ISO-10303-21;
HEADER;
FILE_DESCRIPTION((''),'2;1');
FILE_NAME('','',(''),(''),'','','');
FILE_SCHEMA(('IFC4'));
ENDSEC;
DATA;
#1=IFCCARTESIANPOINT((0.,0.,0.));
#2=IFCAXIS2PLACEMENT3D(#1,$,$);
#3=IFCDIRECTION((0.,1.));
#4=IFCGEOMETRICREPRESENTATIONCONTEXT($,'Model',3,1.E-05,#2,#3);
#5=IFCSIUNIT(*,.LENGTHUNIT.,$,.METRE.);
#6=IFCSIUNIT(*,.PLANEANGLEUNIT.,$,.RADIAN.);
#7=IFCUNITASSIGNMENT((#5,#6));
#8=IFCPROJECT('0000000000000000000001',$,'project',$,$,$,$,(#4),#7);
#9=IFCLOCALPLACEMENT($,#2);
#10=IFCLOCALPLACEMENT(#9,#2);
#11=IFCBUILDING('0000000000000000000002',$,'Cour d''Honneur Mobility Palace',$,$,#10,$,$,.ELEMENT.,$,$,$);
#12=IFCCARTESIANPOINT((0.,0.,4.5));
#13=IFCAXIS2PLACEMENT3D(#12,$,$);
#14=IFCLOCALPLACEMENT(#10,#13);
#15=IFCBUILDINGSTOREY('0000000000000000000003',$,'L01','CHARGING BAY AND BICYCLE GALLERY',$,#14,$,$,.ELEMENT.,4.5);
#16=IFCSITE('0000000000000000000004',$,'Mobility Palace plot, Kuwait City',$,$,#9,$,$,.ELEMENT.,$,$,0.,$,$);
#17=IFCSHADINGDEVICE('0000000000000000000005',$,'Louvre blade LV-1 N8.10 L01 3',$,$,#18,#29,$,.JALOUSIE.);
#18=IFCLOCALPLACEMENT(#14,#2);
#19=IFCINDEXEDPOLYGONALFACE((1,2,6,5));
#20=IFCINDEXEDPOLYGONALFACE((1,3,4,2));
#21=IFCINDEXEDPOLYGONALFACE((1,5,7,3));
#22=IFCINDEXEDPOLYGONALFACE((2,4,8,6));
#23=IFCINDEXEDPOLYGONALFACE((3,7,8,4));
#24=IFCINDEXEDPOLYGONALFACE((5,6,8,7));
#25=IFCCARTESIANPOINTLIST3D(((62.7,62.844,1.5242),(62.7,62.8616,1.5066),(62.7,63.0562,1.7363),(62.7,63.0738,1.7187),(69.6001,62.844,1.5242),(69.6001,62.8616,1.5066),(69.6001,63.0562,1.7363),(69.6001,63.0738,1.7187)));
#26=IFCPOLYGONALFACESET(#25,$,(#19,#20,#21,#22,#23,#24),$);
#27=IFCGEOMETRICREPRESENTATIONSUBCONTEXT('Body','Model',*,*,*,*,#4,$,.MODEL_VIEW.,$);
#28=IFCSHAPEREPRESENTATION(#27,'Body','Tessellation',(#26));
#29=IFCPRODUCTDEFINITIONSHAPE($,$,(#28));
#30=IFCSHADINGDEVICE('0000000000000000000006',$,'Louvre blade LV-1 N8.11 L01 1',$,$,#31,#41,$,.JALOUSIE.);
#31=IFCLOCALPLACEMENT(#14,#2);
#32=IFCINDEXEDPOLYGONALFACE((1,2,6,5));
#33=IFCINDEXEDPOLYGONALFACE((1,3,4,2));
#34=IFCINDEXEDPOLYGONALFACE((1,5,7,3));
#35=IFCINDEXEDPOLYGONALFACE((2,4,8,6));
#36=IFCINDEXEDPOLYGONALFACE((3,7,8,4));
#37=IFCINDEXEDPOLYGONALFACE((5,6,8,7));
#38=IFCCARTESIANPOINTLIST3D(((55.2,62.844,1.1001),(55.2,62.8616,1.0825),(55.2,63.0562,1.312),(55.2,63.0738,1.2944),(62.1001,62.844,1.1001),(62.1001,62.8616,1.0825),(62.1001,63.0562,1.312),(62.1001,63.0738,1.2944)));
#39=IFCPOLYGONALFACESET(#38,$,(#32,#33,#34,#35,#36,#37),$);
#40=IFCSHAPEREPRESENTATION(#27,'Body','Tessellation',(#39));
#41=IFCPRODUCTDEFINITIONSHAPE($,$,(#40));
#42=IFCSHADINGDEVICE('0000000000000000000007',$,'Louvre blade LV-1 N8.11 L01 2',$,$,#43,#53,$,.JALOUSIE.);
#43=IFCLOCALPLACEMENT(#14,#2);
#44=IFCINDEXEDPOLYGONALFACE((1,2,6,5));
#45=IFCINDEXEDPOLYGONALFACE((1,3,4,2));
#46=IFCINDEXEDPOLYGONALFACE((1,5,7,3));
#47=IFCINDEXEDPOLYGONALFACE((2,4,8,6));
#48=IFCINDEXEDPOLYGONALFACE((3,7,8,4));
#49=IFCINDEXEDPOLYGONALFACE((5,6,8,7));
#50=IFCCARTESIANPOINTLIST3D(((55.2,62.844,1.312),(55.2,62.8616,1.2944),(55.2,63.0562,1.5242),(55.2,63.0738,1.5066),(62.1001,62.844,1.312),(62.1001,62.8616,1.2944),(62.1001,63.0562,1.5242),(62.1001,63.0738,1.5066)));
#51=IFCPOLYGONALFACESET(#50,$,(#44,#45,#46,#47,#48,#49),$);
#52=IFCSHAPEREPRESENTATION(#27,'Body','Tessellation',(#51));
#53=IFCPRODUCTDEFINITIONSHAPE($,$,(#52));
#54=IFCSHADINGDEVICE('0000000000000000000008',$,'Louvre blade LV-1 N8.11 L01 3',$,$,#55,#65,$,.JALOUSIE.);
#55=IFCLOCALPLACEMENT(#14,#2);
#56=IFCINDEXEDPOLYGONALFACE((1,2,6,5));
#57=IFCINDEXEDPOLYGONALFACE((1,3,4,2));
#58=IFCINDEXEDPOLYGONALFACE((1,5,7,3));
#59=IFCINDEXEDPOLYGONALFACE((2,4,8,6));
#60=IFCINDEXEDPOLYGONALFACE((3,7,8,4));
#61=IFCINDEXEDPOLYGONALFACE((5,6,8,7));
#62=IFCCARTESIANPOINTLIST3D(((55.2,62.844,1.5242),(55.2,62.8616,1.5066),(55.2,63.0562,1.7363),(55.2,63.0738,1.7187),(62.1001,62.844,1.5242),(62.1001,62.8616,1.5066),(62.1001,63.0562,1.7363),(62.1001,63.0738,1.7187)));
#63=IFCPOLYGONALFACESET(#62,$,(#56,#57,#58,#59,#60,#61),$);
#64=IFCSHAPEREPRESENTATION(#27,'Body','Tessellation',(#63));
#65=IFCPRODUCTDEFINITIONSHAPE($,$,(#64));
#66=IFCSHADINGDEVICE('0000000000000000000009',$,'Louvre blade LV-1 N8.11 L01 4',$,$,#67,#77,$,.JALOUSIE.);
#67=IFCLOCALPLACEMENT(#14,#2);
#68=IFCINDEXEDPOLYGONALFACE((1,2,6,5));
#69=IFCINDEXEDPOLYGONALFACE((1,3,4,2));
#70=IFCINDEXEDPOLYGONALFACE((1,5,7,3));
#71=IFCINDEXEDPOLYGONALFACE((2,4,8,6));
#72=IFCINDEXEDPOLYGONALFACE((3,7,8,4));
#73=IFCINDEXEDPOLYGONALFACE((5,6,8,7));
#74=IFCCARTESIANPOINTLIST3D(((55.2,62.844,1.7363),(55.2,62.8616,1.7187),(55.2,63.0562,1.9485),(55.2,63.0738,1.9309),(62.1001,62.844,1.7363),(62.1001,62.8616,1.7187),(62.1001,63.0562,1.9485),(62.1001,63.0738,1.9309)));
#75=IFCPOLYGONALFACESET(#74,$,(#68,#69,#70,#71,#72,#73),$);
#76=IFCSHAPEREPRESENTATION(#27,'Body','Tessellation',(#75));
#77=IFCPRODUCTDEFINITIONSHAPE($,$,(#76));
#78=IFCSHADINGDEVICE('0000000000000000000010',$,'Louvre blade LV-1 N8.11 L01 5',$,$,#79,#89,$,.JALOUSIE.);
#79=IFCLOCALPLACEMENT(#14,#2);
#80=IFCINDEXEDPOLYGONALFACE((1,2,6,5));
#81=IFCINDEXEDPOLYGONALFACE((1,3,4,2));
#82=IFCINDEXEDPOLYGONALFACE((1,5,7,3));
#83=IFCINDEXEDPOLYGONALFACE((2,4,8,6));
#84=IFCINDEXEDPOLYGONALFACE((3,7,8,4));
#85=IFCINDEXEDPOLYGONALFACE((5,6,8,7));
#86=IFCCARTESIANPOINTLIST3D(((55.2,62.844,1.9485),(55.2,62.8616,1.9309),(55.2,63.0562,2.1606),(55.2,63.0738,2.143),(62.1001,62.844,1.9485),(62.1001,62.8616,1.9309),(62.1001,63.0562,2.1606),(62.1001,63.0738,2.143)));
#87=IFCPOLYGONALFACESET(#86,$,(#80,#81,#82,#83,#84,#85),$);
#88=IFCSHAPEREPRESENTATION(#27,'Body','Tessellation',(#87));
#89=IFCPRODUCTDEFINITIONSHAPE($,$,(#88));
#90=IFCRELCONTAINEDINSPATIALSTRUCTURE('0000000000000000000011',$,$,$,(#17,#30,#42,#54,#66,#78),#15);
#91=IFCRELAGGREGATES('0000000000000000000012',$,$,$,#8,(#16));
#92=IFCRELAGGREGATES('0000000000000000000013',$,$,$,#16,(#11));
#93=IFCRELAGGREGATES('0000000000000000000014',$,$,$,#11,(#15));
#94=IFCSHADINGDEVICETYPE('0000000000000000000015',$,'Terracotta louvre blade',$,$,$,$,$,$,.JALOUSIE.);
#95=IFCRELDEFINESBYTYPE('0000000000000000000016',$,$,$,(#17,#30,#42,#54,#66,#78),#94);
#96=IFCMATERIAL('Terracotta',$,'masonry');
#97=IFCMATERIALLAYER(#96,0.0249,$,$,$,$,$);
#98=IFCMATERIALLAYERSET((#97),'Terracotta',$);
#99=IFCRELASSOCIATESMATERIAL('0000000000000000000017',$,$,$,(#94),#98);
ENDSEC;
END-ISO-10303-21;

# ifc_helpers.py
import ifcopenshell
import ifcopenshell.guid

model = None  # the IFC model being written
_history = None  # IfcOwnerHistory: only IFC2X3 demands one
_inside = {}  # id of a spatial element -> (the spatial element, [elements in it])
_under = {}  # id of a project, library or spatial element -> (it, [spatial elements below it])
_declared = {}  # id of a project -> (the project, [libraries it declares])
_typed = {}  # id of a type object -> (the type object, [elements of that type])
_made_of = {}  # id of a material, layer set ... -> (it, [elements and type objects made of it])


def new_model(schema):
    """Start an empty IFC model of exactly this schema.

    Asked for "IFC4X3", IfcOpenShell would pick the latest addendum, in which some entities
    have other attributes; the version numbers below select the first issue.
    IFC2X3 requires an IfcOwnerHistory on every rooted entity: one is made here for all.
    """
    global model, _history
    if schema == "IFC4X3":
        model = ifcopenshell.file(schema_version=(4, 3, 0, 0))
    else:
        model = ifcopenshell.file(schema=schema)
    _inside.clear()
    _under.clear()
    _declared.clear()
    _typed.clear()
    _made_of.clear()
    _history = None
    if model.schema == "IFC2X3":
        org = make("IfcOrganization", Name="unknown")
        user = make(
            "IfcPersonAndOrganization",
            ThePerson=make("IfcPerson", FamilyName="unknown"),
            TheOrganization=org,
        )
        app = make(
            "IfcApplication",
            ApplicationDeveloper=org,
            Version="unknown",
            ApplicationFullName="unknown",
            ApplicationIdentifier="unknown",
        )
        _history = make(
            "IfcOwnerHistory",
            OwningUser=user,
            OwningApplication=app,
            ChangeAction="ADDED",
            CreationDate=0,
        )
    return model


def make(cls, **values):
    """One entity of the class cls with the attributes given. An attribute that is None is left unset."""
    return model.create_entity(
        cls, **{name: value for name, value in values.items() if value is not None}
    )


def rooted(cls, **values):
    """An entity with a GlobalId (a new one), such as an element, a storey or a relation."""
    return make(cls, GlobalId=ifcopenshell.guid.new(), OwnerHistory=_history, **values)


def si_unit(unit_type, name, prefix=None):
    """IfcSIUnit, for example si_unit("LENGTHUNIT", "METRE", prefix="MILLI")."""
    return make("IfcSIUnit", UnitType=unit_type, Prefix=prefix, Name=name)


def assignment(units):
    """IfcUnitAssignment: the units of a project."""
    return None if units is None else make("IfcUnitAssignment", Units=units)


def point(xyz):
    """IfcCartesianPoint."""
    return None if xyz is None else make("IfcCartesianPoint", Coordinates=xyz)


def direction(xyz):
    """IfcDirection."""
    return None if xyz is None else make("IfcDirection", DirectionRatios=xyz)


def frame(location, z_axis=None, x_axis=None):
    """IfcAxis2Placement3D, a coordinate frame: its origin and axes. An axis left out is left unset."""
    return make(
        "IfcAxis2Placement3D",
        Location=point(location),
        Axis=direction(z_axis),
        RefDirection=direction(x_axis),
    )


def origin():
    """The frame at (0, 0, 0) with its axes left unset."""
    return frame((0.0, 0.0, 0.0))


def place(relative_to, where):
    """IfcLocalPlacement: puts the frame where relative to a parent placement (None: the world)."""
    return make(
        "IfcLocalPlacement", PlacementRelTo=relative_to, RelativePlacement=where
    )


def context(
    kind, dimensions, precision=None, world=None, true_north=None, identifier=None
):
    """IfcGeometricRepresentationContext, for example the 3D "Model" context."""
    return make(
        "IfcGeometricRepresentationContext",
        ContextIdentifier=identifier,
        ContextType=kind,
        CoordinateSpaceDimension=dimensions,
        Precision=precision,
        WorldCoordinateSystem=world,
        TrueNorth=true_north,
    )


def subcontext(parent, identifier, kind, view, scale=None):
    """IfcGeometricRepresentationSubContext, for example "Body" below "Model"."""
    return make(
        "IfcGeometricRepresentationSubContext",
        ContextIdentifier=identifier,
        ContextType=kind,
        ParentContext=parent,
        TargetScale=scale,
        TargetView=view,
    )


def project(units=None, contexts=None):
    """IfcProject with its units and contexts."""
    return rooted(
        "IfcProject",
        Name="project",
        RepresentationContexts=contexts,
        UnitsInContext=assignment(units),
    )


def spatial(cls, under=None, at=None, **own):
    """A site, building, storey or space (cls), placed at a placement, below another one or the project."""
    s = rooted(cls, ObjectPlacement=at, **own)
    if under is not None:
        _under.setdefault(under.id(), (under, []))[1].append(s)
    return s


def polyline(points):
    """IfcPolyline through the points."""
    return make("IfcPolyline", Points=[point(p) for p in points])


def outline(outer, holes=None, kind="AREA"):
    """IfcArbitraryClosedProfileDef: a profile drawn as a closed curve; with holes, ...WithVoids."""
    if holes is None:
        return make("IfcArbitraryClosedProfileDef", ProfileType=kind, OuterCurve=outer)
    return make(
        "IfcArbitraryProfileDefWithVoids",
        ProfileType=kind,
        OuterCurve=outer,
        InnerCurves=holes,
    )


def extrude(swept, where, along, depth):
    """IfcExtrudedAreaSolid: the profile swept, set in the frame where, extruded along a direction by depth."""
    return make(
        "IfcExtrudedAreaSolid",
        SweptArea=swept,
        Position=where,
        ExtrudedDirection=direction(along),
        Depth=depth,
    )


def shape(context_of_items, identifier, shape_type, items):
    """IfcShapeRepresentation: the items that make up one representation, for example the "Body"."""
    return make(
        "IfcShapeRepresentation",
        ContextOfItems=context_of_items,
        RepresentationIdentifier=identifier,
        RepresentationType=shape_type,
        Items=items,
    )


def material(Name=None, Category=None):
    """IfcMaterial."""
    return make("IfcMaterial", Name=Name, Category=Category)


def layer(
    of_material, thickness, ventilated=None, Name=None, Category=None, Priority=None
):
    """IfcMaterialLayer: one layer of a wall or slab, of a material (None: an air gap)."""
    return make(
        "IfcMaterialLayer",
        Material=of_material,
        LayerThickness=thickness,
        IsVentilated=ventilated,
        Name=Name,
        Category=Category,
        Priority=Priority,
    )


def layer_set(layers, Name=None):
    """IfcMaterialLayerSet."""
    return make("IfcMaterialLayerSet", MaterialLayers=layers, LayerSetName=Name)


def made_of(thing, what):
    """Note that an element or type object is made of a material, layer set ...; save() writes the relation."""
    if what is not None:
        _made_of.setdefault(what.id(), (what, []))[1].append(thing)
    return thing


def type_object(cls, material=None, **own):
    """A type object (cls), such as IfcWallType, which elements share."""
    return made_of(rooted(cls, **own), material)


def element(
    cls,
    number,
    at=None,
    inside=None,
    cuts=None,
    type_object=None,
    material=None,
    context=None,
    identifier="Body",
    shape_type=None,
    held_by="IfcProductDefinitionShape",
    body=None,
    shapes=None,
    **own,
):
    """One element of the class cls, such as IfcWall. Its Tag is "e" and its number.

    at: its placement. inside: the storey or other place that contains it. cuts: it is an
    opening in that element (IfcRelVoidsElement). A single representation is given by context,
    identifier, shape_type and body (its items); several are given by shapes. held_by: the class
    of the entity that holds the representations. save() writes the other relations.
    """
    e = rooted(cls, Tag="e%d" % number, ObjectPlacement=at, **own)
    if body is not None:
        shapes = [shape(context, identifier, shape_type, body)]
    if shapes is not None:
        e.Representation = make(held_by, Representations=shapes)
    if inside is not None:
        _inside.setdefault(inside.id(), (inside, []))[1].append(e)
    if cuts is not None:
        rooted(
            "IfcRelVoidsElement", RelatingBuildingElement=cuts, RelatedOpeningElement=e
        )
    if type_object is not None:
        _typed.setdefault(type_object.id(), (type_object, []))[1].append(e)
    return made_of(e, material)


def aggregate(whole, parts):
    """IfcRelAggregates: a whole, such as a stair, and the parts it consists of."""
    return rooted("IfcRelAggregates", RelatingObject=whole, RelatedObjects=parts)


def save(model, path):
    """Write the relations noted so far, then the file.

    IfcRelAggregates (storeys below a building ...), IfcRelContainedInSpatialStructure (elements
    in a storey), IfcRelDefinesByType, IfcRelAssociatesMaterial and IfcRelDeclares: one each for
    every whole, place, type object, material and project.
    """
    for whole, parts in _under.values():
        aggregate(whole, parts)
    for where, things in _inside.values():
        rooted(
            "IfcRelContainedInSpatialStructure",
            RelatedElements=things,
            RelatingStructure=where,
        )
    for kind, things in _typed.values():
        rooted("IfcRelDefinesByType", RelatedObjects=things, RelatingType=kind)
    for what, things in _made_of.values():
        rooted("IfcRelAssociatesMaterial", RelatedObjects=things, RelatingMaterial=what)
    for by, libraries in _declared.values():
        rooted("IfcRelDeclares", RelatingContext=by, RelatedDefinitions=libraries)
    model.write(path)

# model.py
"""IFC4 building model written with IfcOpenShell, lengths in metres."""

from ifc_helpers import new_model, si_unit, direction, frame, origin, place, context, subcontext, project, spatial, polyline, outline, extrude, material, layer, layer_set, type_object, element, save


model = new_model("IFC4")

# Units and contexts
model_context = context("Model", 3, precision=1e-05, world=origin(), true_north=direction((0.0, 1.0)))
body_context = subcontext(model_context, "Body", "Model", "MODEL_VIEW")
ifc_project = project(units=[si_unit("LENGTHUNIT", "METRE"), si_unit("PLANEANGLEUNIT", "RADIAN")], contexts=[model_context])

# Site, building, storey
site_placement = place(None, origin())
site = spatial("IfcSite", under=ifc_project, at=site_placement, Name="Mobility Palace plot, Kuwait City", CompositionType="ELEMENT", RefElevation=0.0)
building_placement = place(site_placement, origin())
building = spatial("IfcBuilding", under=site, at=building_placement, Name="Cour d'Honneur Mobility Palace", CompositionType="ELEMENT")
storey_placement = place(building_placement, frame((0.0, 0.0, 4.5)))
storey = spatial("IfcBuildingStorey", under=building, at=storey_placement, Name="L01", Description="CHARGING BAY AND BICYCLE GALLERY", CompositionType="ELEMENT", Elevation=4.5)

# Shading devices
ifc_material_1 = material(Name="Terracotta", Category="masonry")
ifc_layer_1 = layer(ifc_material_1, 0.0249)
ifc_layer_set_1 = layer_set([ifc_layer_1], Name="Terracotta")
shading_device_type = type_object("IfcShadingDeviceType", Name="Terracotta louvre blade", PredefinedType="JALOUSIE", material=ifc_layer_set_1)
for number, where, z_axis, x_axis, name in (
    (1, (69.6001, 62.844, 1.5242), (0.0, -0.707107, 0.707107), (-1.0, 0.0, 0.0), "Louvre blade LV-1 N8.10 L01 3"),
):
    element("IfcShadingDevice", number, at=place(storey_placement, frame(where, z_axis=z_axis, x_axis=x_axis)), inside=storey, type_object=shading_device_type, Name=name, PredefinedType="JALOUSIE", context=body_context, shape_type="SweptSolid", body=[
        extrude(outline(polyline([(0.0, 0.0), (6.9001, 0.0), (6.9001, -0.3), (0.0, -0.3), (0.0, 0.0)])), origin(), (0.0, 0.0, -1.0), 0.0249),
    ])
shading_device_1_placement = place(storey_placement, frame((62.1001, 62.844, 1.1001), z_axis=(0.0, -0.7067, 0.707514), x_axis=(-1.0, 0.0, 0.0)))
element("IfcShadingDevice", 2, at=shading_device_1_placement, inside=storey, type_object=shading_device_type, Name="Louvre blade LV-1 N8.11 L01 1", PredefinedType="JALOUSIE", context=body_context, shape_type="SweptSolid", body=[
    extrude(outline(polyline([(0.0, 0.0), (6.9001, 0.0), (6.9001, -0.2999), (0.0, -0.2999), (0.0, 0.0)])), origin(), (0.0, 0.0, -1.0), 0.0249),
])
for number, where, z_axis, x_axis, name in (
    (3, (62.1001, 62.844, 1.312), (0.0, -0.707107, 0.707107), (-1.0, 0.0, 0.0), "Louvre blade LV-1 N8.11 L01 2"),
    (4, (62.1001, 62.844, 1.5242), (0.0, -0.707107, 0.707107), (-1.0, 0.0, 0.0), "Louvre blade LV-1 N8.11 L01 3"),
    (5, (62.1001, 62.844, 1.7363), (0.0, -0.707107, 0.707107), (-1.0, 0.0, 0.0), "Louvre blade LV-1 N8.11 L01 4"),
    (6, (62.1001, 62.844, 1.9485), (0.0, -0.707107, 0.707107), (-1.0, 0.0, 0.0), "Louvre blade LV-1 N8.11 L01 5"),
):
    element("IfcShadingDevice", number, at=place(storey_placement, frame(where, z_axis=z_axis, x_axis=x_axis)), inside=storey, type_object=shading_device_type, Name=name, PredefinedType="JALOUSIE", context=body_context, shape_type="SweptSolid", body=[
        extrude(outline(polyline([(0.0, 0.0), (6.9001, 0.0), (6.9001, -0.3), (0.0, -0.3), (0.0, 0.0)])), origin(), (0.0, 0.0, -1.0), 0.0249),
    ])

save(model, "model.ifc")
